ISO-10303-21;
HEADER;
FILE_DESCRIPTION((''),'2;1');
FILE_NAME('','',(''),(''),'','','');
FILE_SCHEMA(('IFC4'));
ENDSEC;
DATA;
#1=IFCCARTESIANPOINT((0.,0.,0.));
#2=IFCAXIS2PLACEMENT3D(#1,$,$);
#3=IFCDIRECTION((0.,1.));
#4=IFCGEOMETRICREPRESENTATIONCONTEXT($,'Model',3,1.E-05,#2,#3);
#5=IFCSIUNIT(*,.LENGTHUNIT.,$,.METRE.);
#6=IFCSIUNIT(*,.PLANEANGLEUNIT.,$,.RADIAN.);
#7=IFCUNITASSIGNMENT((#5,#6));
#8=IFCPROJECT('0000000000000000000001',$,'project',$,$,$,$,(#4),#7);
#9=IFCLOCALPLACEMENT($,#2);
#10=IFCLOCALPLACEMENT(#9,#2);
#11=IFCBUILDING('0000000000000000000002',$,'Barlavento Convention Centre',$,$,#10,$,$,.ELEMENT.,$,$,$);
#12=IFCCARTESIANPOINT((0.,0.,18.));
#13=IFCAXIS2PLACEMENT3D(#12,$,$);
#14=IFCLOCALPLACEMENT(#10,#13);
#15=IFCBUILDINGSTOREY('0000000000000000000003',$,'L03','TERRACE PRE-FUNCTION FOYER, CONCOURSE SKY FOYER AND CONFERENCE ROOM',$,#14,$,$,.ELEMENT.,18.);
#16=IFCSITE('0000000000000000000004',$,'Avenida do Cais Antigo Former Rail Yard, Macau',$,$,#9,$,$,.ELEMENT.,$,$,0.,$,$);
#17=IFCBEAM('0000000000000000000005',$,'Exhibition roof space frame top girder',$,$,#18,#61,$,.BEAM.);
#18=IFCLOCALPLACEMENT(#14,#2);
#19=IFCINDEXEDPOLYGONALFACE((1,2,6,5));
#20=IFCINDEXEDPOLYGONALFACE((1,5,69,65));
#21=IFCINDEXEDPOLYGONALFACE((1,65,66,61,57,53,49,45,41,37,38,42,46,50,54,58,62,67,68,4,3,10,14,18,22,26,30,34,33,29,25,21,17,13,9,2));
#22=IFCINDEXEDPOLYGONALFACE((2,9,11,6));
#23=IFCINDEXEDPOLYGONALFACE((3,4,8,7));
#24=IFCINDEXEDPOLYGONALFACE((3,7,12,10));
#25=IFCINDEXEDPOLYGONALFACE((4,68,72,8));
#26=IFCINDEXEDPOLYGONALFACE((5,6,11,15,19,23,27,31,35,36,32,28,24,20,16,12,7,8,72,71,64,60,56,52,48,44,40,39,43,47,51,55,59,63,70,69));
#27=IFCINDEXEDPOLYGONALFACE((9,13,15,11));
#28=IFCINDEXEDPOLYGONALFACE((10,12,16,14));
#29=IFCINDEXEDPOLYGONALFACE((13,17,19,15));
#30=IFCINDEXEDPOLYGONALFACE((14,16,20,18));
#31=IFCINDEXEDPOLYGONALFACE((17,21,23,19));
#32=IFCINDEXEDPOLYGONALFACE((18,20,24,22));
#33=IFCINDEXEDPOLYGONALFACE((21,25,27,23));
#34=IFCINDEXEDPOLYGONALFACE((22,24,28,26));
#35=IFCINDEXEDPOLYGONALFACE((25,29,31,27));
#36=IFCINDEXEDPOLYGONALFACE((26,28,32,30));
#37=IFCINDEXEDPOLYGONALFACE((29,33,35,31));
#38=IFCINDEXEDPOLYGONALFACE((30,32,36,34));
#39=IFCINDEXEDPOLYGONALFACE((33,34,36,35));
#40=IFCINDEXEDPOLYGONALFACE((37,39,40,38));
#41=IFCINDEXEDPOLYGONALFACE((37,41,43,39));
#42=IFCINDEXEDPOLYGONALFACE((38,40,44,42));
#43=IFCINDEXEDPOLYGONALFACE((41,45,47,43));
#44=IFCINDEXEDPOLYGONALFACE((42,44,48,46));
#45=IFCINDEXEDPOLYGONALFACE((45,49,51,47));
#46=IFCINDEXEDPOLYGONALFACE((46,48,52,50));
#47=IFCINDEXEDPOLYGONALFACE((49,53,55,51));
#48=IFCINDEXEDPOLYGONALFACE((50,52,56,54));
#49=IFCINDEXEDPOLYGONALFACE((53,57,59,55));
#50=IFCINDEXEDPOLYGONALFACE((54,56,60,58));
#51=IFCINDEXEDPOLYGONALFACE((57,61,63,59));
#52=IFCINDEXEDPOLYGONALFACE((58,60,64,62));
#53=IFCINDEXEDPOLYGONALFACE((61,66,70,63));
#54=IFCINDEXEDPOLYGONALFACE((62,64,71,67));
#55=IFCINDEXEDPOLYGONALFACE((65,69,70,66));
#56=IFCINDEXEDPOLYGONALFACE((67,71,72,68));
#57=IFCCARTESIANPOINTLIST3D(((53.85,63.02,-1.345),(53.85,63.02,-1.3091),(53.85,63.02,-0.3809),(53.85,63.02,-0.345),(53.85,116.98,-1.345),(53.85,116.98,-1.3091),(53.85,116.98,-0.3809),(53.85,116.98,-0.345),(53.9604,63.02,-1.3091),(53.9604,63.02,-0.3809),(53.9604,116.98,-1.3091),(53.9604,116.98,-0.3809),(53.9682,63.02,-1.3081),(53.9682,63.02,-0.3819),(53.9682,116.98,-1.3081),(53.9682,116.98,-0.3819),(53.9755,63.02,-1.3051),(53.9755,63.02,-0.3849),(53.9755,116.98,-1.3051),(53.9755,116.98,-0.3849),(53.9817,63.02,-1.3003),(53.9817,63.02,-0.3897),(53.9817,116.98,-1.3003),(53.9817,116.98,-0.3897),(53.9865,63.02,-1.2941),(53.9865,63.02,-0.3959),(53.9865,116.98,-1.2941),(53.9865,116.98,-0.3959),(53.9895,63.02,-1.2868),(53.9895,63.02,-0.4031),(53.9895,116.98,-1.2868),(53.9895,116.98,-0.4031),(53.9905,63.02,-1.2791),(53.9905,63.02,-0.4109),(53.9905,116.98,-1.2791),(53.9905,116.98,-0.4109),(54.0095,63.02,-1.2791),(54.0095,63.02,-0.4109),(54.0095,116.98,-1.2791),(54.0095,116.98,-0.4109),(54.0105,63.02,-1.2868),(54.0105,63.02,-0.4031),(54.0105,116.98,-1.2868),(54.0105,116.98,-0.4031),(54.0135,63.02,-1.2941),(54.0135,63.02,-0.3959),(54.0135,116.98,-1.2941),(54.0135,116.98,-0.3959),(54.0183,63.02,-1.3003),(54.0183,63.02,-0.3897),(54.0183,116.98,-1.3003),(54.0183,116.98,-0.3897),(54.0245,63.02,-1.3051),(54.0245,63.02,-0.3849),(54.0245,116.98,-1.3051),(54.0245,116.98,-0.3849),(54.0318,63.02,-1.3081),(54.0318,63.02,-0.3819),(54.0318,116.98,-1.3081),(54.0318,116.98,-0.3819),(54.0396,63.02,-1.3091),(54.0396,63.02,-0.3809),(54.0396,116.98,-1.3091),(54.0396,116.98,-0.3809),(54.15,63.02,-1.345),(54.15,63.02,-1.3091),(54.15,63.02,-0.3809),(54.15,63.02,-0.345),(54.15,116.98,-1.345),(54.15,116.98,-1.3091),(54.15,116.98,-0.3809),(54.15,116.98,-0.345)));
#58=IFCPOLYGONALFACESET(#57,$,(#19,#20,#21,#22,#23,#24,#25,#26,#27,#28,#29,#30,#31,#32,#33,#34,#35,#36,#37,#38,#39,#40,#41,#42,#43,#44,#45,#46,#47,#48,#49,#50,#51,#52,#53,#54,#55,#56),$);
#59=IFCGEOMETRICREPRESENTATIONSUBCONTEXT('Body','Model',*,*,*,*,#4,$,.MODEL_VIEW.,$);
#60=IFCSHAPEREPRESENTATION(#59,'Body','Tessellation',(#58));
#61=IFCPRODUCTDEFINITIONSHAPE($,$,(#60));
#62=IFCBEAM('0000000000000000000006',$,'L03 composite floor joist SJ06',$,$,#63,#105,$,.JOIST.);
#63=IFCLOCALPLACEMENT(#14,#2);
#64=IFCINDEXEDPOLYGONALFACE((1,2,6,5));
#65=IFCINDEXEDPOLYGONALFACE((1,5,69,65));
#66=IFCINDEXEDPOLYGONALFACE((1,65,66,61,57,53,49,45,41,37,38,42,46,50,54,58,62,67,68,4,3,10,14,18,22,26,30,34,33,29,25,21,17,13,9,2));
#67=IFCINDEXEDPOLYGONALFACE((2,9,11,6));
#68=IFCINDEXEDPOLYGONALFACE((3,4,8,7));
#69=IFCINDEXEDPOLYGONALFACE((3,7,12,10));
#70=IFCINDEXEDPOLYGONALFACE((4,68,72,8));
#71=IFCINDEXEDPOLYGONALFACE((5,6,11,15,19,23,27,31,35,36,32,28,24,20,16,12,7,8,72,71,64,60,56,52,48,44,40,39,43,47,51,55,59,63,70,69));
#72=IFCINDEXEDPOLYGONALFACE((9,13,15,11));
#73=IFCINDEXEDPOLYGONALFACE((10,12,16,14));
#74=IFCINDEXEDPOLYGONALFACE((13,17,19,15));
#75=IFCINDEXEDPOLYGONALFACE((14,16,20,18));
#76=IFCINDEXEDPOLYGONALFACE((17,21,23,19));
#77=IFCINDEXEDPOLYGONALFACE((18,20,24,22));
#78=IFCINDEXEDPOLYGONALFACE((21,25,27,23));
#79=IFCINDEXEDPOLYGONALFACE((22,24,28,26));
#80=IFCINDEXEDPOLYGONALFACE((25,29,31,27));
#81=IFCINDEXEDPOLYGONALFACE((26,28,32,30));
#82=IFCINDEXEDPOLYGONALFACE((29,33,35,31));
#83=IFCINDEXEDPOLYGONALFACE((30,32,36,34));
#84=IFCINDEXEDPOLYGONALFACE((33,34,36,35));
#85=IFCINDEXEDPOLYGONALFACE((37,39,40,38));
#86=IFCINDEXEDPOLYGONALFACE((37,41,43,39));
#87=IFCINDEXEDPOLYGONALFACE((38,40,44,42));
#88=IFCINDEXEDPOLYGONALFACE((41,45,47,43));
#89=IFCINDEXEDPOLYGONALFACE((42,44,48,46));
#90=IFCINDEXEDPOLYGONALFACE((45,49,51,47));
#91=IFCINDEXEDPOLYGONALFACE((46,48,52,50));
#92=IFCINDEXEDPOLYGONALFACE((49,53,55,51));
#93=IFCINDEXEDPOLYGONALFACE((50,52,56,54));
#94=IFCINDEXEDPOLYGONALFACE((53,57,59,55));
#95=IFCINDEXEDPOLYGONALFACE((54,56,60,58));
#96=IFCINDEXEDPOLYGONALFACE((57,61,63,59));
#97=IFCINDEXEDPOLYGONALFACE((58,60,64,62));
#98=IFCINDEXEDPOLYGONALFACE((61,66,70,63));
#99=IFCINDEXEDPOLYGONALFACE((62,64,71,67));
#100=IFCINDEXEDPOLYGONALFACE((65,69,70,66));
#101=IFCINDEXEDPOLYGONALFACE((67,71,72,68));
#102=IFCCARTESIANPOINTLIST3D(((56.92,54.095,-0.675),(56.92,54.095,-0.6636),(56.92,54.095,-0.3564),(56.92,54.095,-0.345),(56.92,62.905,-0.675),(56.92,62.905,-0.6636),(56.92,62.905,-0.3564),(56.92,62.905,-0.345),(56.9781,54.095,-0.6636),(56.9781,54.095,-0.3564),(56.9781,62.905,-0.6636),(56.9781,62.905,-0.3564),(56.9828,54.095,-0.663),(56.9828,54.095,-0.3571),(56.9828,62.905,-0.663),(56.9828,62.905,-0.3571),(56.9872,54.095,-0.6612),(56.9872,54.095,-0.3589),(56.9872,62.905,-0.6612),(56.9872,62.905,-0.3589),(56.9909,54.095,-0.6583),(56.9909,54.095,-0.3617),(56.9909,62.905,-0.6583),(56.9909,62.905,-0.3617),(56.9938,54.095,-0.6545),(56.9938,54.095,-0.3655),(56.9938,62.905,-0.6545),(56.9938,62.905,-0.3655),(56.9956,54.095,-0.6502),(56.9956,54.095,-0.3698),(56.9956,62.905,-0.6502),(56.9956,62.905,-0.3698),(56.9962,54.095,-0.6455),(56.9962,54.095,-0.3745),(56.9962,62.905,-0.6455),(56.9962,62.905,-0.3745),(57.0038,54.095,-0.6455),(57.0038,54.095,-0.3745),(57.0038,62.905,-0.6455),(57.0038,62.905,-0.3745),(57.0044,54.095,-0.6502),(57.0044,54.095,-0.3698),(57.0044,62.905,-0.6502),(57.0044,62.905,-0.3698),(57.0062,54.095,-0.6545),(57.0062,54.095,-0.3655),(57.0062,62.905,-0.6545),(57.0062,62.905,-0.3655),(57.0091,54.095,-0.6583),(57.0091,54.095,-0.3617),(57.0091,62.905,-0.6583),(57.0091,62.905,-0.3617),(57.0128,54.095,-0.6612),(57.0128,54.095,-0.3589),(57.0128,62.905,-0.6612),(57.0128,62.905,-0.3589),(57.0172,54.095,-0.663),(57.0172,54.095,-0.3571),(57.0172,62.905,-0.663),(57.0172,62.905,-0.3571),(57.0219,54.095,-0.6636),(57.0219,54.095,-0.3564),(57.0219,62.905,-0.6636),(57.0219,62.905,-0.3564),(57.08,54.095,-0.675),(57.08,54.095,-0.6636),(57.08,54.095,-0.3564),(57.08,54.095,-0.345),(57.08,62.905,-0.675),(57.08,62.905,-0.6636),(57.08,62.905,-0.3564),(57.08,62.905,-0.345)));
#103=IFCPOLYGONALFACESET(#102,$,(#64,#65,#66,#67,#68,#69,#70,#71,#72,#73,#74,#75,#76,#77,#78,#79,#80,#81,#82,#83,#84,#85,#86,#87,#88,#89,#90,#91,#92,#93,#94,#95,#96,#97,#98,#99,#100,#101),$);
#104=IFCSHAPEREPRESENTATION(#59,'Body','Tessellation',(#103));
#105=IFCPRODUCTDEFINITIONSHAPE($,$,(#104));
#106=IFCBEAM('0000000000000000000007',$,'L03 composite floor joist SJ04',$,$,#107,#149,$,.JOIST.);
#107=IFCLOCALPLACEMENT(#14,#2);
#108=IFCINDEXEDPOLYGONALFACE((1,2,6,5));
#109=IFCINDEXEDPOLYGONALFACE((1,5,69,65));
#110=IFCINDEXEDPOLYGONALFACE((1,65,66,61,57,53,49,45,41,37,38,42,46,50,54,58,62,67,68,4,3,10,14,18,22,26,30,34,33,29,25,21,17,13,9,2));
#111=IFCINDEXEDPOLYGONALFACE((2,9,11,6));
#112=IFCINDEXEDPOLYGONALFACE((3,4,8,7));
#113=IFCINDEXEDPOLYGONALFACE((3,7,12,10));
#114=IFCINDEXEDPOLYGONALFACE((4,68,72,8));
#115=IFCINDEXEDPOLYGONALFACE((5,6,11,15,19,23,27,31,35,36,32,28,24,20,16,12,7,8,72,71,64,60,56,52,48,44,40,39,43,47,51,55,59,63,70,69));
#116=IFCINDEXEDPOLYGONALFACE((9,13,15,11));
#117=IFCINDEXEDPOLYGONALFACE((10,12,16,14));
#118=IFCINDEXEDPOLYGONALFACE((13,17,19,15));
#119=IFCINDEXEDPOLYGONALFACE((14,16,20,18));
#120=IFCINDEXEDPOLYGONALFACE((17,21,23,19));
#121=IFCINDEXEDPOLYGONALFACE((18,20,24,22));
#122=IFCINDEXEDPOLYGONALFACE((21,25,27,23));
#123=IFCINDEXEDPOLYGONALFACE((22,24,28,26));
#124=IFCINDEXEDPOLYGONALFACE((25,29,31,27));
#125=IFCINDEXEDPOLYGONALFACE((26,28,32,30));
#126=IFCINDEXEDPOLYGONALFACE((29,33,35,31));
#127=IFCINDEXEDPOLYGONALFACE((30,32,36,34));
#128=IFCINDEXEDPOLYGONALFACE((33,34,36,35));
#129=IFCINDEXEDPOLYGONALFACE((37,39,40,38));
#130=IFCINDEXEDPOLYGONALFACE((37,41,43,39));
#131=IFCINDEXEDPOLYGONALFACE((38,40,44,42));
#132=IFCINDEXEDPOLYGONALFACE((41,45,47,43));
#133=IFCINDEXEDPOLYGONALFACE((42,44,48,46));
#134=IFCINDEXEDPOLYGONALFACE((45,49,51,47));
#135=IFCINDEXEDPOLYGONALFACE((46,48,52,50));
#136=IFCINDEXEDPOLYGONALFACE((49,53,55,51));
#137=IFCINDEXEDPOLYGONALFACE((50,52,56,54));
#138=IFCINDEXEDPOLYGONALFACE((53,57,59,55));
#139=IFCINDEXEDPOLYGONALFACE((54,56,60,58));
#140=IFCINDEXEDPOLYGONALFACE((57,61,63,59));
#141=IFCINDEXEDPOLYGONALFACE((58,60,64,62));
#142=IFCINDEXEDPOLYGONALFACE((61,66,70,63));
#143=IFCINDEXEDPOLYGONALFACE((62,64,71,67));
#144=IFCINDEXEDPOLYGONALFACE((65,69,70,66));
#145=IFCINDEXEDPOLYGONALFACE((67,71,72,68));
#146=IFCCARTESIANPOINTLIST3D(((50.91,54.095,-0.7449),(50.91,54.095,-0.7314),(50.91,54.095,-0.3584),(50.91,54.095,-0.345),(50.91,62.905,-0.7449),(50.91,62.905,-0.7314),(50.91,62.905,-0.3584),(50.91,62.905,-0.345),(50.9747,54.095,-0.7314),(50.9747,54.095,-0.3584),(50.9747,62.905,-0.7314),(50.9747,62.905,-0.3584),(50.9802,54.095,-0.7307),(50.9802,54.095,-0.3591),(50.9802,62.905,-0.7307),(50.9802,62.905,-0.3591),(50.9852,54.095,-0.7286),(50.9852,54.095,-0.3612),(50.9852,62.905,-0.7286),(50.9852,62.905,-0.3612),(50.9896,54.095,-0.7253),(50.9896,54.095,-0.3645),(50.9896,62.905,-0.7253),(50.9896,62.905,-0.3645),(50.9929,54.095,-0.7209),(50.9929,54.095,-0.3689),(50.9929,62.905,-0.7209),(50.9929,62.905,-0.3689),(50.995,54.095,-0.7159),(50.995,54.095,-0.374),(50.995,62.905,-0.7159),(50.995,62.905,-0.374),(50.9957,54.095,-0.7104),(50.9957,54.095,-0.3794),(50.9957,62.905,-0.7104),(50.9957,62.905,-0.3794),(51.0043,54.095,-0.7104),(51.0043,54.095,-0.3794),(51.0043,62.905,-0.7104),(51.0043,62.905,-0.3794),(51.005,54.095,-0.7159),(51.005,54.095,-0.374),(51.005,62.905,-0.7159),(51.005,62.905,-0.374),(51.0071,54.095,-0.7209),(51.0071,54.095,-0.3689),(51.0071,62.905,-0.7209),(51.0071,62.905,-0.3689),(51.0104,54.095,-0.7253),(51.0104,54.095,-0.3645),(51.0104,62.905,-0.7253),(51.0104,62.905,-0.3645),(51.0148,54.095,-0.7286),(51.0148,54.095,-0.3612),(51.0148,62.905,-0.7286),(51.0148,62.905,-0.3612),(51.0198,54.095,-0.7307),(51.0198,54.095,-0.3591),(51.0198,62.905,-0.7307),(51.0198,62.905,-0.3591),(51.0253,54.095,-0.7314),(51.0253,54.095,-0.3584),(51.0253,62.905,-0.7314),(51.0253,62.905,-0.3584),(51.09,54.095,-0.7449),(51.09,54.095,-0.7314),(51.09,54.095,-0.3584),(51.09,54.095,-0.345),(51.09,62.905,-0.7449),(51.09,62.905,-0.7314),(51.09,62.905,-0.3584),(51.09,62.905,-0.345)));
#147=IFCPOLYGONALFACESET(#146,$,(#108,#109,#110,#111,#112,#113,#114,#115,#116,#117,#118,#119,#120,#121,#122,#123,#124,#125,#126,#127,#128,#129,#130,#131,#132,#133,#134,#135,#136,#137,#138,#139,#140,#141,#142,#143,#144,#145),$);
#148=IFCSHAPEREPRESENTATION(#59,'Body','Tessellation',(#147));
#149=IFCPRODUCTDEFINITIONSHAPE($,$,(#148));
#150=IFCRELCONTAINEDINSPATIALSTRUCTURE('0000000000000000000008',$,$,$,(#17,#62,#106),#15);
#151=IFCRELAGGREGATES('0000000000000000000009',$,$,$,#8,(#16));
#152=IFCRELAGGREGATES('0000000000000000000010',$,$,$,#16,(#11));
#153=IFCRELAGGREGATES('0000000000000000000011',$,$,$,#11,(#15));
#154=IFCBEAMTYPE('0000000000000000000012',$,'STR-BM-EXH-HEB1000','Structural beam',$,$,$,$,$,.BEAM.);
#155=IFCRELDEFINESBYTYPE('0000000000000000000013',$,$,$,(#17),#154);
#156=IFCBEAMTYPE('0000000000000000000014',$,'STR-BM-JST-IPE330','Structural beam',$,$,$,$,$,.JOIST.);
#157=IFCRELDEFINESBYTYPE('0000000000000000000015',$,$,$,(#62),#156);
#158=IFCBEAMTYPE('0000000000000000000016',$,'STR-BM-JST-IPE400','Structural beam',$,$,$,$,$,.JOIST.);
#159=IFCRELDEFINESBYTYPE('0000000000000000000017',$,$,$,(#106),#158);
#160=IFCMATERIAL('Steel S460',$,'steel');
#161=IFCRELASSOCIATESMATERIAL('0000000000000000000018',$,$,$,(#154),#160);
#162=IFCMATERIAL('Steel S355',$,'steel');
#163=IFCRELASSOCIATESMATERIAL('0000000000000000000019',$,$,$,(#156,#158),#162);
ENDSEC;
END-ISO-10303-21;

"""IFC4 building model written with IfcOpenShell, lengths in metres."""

from ifc_helpers import new_model, si_unit, direction, frame, origin, origin_2d, place, context, subcontext, project, spatial, i_section, extrude, material, material_profile, profile_set, type_object, element, save


model = new_model("IFC4")

# Units and contexts
model_context = context("Model", 3, precision=1e-05, world=origin(), true_north=direction((0.0, 1.0)))
body_context = subcontext(model_context, "Body", "Model", "MODEL_VIEW")
ifc_project = project(units=[si_unit("LENGTHUNIT", "METRE"), si_unit("PLANEANGLEUNIT", "RADIAN")], contexts=[model_context])

# Site, building, storey
site_placement = place(None, origin())
site = spatial("IfcSite", under=ifc_project, at=site_placement, Name="Avenida do Cais Antigo Former Rail Yard, Macau", CompositionType="ELEMENT", RefElevation=0.0)
building_placement = place(site_placement, origin())
building = spatial("IfcBuilding", under=site, at=building_placement, Name="Barlavento Convention Centre", CompositionType="ELEMENT")
storey_placement = place(building_placement, frame((0.0, 0.0, 18.0)))
storey = spatial("IfcBuildingStorey", under=building, at=storey_placement, Name="L03", Description="TERRACE PRE-FUNCTION FOYER, CONCOURSE SKY FOYER AND CONFERENCE ROOM", CompositionType="ELEMENT", Elevation=18.0)

# Beams
ifc_material_1 = material(Name="Steel S460", Category="steel")
ifc_material_profile_1 = material_profile(ifc_material_1, i_section(OverallWidth=0.3, OverallDepth=1.0, WebThickness=0.019, FlangeThickness=0.0359, FilletRadius=0.03, at=origin_2d()), Name="HEB 1000")
ifc_profile_set_1 = profile_set([ifc_material_profile_1], Name="Steel S460")
beam_type_1 = type_object("IfcBeamType", Name="STR-BM-EXH-HEB1000", Description="Structural beam", PredefinedType="BEAM", material=ifc_profile_set_1)
beam_1_placement = place(storey_placement, frame((54.0, 63.02, -0.845), z_axis=(0.0, 1.0, 0.0), x_axis=(-1.0, 0.0, 0.0)))
element("IfcBeam", 1, at=beam_1_placement, inside=storey, type_object=beam_type_1, Name="Exhibition roof space frame top girder", PredefinedType="BEAM", context=body_context, shape_type="SweptSolid", body=[
    extrude(i_section(OverallWidth=0.3, OverallDepth=1.0, WebThickness=0.019, FlangeThickness=0.0359, FilletRadius=0.03, at=origin_2d()), origin(), (0.0, 0.0, 1.0), 53.96),
])
ifc_material_2 = material(Name="Steel S355", Category="steel")
ifc_material_profile_2 = material_profile(ifc_material_2, i_section(OverallWidth=0.1599, OverallDepth=0.3301, WebThickness=0.0076, FlangeThickness=0.0115, FilletRadius=0.0181, at=origin_2d()), Name="IPE 330")
ifc_profile_set_2 = profile_set([ifc_material_profile_2], Name="Steel S355")
beam_type_2 = type_object("IfcBeamType", Name="STR-BM-JST-IPE330", Description="Structural beam", PredefinedType="JOIST", material=ifc_profile_set_2)
beam_2_placement = place(storey_placement, frame((57.0, 54.095, -0.51), z_axis=(0.0, 1.0, 0.0), x_axis=(-1.0, 0.0, 0.0)))
element("IfcBeam", 2, at=beam_2_placement, inside=storey, type_object=beam_type_2, Name="L03 composite floor joist SJ06", PredefinedType="JOIST", context=body_context, shape_type="SweptSolid", body=[
    extrude(i_section(OverallWidth=0.1599, OverallDepth=0.3301, WebThickness=0.0076, FlangeThickness=0.0115, FilletRadius=0.0181, at=origin_2d()), origin(), (0.0, 0.0, 1.0), 8.8101),
])
ifc_material_profile_3 = material_profile(ifc_material_2, i_section(OverallWidth=0.1799, OverallDepth=0.3999, WebThickness=0.0085, FlangeThickness=0.0134, FilletRadius=0.021, at=origin_2d()), Name="IPE 400")
ifc_profile_set_3 = profile_set([ifc_material_profile_3], Name="Steel S355")
beam_type_3 = type_object("IfcBeamType", Name="STR-BM-JST-IPE400", Description="Structural beam", PredefinedType="JOIST", material=ifc_profile_set_3)
beam_3_placement = place(storey_placement, frame((51.0, 54.095, -0.5449), z_axis=(0.0, 1.0, 0.0), x_axis=(-1.0, 0.0, 0.0)))
element("IfcBeam", 3, at=beam_3_placement, inside=storey, type_object=beam_type_3, Name="L03 composite floor joist SJ04", PredefinedType="JOIST", context=body_context, shape_type="SweptSolid", body=[
    extrude(i_section(OverallWidth=0.1799, OverallDepth=0.3999, WebThickness=0.0085, FlangeThickness=0.0134, FilletRadius=0.021, at=origin_2d()), origin(), (0.0, 0.0, 1.0), 8.8101),
])

save(model, "model.ifc")
